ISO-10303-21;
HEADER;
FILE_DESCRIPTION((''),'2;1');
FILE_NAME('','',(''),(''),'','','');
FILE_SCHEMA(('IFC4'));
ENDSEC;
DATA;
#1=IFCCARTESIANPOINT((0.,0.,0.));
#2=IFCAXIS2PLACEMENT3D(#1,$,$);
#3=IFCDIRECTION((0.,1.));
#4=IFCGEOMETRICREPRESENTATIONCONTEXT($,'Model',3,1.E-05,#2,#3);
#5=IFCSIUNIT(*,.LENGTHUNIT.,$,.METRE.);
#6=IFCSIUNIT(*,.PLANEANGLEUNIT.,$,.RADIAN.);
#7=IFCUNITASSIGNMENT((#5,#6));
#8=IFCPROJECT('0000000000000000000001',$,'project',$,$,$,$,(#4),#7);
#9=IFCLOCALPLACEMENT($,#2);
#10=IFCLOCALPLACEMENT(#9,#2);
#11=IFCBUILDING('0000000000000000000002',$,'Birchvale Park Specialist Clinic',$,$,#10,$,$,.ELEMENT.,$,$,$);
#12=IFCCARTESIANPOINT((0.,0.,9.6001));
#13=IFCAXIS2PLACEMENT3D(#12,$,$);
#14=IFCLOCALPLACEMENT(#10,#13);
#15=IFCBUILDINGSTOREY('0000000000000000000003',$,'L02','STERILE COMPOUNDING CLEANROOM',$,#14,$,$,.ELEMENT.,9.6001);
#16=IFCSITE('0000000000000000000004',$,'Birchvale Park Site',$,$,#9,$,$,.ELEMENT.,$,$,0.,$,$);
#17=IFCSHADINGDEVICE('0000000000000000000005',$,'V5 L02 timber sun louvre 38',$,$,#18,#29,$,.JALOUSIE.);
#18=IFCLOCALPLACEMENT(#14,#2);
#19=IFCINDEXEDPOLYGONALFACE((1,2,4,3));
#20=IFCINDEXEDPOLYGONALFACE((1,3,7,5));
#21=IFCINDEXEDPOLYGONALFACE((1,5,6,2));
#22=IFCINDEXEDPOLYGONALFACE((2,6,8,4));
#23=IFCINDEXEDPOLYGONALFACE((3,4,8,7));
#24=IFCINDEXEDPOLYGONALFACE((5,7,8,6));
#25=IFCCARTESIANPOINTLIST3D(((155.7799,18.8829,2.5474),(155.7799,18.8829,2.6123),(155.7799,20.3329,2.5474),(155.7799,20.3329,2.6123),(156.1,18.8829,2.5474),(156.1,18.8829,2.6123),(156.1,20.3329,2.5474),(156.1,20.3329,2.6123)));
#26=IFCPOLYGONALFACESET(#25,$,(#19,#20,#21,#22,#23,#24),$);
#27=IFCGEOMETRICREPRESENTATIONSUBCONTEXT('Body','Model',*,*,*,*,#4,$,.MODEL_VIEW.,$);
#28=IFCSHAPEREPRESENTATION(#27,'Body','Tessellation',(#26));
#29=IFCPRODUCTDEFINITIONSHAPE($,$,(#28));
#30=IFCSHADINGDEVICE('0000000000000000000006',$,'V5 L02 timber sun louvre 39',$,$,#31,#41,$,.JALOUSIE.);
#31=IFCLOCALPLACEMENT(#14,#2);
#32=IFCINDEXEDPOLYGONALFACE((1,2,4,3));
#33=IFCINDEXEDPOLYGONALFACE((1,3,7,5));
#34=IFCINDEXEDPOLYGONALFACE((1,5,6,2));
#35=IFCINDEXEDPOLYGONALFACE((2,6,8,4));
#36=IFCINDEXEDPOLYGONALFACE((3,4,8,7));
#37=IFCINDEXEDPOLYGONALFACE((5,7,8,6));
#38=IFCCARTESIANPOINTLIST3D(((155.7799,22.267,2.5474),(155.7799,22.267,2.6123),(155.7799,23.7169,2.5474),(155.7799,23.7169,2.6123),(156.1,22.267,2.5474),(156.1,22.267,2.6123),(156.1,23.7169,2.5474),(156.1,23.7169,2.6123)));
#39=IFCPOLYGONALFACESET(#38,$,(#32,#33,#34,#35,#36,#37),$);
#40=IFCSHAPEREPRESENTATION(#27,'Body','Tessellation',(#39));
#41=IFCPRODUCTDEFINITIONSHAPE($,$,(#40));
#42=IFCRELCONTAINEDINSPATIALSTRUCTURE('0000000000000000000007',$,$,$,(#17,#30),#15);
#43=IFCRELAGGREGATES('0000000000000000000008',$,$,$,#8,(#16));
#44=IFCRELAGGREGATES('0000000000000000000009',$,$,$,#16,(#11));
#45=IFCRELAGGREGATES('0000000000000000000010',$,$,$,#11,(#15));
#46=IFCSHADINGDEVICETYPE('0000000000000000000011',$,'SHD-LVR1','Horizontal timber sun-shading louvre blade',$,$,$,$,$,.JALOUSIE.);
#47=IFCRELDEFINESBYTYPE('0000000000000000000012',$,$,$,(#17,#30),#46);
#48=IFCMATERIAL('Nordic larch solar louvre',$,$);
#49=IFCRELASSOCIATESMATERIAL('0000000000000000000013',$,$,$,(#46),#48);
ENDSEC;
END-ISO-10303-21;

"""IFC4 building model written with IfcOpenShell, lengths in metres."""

from ifc_helpers import new_model, si_unit, direction, frame, origin, origin_2d, place, context, subcontext, project, spatial, rectangle, extrude, material, type_object, element, save


model = new_model("IFC4")

# Units and contexts
model_context = context("Model", 3, precision=1e-05, world=origin(), true_north=direction((0.0, 1.0)))
body_context = subcontext(model_context, "Body", "Model", "MODEL_VIEW")
ifc_project = project(units=[si_unit("LENGTHUNIT", "METRE"), si_unit("PLANEANGLEUNIT", "RADIAN")], contexts=[model_context])

# Site, building, storey
site_placement = place(None, origin())
site = spatial("IfcSite", under=ifc_project, at=site_placement, Name="Birchvale Park Site", CompositionType="ELEMENT", RefElevation=0.0)
building_placement = place(site_placement, origin())
building = spatial("IfcBuilding", under=site, at=building_placement, Name="Birchvale Park Specialist Clinic", CompositionType="ELEMENT")
storey_placement = place(building_placement, frame((0.0, 0.0, 9.6001)))
storey = spatial("IfcBuildingStorey", under=building, at=storey_placement, Name="L02", Description="STERILE COMPOUNDING CLEANROOM", CompositionType="ELEMENT", Elevation=9.6001)

# Shading devices
ifc_material_1 = material(Name="Nordic larch solar louvre")
shading_device_type = type_object("IfcShadingDeviceType", Name="SHD-LVR1", Description="Horizontal timber sun-shading louvre blade", PredefinedType="JALOUSIE", material=ifc_material_1)
for number, where, z_axis, x_axis, name in (
    (1, (155.9399, 19.6079, 2.5474), (0.0, 0.0, 1.0), (0.0, 1.0, 0.0), "V5 L02 timber sun louvre 38"),
    (2, (155.9399, 22.9919, 2.5474), (0.0, 0.0, 1.0), (0.0, 1.0, 0.0), "V5 L02 timber sun louvre 39"),
):
    element("IfcShadingDevice", number, at=place(storey_placement, frame(where, z_axis=z_axis, x_axis=x_axis)), inside=storey, type_object=shading_device_type, Name=name, PredefinedType="JALOUSIE", context=body_context, shape_type="SweptSolid", body=[
        extrude(rectangle(XDim=1.45, YDim=0.3201, at=origin_2d()), origin(), (0.0, 0.0, 1.0), 0.0649),
    ])

save(model, "model.ifc")
